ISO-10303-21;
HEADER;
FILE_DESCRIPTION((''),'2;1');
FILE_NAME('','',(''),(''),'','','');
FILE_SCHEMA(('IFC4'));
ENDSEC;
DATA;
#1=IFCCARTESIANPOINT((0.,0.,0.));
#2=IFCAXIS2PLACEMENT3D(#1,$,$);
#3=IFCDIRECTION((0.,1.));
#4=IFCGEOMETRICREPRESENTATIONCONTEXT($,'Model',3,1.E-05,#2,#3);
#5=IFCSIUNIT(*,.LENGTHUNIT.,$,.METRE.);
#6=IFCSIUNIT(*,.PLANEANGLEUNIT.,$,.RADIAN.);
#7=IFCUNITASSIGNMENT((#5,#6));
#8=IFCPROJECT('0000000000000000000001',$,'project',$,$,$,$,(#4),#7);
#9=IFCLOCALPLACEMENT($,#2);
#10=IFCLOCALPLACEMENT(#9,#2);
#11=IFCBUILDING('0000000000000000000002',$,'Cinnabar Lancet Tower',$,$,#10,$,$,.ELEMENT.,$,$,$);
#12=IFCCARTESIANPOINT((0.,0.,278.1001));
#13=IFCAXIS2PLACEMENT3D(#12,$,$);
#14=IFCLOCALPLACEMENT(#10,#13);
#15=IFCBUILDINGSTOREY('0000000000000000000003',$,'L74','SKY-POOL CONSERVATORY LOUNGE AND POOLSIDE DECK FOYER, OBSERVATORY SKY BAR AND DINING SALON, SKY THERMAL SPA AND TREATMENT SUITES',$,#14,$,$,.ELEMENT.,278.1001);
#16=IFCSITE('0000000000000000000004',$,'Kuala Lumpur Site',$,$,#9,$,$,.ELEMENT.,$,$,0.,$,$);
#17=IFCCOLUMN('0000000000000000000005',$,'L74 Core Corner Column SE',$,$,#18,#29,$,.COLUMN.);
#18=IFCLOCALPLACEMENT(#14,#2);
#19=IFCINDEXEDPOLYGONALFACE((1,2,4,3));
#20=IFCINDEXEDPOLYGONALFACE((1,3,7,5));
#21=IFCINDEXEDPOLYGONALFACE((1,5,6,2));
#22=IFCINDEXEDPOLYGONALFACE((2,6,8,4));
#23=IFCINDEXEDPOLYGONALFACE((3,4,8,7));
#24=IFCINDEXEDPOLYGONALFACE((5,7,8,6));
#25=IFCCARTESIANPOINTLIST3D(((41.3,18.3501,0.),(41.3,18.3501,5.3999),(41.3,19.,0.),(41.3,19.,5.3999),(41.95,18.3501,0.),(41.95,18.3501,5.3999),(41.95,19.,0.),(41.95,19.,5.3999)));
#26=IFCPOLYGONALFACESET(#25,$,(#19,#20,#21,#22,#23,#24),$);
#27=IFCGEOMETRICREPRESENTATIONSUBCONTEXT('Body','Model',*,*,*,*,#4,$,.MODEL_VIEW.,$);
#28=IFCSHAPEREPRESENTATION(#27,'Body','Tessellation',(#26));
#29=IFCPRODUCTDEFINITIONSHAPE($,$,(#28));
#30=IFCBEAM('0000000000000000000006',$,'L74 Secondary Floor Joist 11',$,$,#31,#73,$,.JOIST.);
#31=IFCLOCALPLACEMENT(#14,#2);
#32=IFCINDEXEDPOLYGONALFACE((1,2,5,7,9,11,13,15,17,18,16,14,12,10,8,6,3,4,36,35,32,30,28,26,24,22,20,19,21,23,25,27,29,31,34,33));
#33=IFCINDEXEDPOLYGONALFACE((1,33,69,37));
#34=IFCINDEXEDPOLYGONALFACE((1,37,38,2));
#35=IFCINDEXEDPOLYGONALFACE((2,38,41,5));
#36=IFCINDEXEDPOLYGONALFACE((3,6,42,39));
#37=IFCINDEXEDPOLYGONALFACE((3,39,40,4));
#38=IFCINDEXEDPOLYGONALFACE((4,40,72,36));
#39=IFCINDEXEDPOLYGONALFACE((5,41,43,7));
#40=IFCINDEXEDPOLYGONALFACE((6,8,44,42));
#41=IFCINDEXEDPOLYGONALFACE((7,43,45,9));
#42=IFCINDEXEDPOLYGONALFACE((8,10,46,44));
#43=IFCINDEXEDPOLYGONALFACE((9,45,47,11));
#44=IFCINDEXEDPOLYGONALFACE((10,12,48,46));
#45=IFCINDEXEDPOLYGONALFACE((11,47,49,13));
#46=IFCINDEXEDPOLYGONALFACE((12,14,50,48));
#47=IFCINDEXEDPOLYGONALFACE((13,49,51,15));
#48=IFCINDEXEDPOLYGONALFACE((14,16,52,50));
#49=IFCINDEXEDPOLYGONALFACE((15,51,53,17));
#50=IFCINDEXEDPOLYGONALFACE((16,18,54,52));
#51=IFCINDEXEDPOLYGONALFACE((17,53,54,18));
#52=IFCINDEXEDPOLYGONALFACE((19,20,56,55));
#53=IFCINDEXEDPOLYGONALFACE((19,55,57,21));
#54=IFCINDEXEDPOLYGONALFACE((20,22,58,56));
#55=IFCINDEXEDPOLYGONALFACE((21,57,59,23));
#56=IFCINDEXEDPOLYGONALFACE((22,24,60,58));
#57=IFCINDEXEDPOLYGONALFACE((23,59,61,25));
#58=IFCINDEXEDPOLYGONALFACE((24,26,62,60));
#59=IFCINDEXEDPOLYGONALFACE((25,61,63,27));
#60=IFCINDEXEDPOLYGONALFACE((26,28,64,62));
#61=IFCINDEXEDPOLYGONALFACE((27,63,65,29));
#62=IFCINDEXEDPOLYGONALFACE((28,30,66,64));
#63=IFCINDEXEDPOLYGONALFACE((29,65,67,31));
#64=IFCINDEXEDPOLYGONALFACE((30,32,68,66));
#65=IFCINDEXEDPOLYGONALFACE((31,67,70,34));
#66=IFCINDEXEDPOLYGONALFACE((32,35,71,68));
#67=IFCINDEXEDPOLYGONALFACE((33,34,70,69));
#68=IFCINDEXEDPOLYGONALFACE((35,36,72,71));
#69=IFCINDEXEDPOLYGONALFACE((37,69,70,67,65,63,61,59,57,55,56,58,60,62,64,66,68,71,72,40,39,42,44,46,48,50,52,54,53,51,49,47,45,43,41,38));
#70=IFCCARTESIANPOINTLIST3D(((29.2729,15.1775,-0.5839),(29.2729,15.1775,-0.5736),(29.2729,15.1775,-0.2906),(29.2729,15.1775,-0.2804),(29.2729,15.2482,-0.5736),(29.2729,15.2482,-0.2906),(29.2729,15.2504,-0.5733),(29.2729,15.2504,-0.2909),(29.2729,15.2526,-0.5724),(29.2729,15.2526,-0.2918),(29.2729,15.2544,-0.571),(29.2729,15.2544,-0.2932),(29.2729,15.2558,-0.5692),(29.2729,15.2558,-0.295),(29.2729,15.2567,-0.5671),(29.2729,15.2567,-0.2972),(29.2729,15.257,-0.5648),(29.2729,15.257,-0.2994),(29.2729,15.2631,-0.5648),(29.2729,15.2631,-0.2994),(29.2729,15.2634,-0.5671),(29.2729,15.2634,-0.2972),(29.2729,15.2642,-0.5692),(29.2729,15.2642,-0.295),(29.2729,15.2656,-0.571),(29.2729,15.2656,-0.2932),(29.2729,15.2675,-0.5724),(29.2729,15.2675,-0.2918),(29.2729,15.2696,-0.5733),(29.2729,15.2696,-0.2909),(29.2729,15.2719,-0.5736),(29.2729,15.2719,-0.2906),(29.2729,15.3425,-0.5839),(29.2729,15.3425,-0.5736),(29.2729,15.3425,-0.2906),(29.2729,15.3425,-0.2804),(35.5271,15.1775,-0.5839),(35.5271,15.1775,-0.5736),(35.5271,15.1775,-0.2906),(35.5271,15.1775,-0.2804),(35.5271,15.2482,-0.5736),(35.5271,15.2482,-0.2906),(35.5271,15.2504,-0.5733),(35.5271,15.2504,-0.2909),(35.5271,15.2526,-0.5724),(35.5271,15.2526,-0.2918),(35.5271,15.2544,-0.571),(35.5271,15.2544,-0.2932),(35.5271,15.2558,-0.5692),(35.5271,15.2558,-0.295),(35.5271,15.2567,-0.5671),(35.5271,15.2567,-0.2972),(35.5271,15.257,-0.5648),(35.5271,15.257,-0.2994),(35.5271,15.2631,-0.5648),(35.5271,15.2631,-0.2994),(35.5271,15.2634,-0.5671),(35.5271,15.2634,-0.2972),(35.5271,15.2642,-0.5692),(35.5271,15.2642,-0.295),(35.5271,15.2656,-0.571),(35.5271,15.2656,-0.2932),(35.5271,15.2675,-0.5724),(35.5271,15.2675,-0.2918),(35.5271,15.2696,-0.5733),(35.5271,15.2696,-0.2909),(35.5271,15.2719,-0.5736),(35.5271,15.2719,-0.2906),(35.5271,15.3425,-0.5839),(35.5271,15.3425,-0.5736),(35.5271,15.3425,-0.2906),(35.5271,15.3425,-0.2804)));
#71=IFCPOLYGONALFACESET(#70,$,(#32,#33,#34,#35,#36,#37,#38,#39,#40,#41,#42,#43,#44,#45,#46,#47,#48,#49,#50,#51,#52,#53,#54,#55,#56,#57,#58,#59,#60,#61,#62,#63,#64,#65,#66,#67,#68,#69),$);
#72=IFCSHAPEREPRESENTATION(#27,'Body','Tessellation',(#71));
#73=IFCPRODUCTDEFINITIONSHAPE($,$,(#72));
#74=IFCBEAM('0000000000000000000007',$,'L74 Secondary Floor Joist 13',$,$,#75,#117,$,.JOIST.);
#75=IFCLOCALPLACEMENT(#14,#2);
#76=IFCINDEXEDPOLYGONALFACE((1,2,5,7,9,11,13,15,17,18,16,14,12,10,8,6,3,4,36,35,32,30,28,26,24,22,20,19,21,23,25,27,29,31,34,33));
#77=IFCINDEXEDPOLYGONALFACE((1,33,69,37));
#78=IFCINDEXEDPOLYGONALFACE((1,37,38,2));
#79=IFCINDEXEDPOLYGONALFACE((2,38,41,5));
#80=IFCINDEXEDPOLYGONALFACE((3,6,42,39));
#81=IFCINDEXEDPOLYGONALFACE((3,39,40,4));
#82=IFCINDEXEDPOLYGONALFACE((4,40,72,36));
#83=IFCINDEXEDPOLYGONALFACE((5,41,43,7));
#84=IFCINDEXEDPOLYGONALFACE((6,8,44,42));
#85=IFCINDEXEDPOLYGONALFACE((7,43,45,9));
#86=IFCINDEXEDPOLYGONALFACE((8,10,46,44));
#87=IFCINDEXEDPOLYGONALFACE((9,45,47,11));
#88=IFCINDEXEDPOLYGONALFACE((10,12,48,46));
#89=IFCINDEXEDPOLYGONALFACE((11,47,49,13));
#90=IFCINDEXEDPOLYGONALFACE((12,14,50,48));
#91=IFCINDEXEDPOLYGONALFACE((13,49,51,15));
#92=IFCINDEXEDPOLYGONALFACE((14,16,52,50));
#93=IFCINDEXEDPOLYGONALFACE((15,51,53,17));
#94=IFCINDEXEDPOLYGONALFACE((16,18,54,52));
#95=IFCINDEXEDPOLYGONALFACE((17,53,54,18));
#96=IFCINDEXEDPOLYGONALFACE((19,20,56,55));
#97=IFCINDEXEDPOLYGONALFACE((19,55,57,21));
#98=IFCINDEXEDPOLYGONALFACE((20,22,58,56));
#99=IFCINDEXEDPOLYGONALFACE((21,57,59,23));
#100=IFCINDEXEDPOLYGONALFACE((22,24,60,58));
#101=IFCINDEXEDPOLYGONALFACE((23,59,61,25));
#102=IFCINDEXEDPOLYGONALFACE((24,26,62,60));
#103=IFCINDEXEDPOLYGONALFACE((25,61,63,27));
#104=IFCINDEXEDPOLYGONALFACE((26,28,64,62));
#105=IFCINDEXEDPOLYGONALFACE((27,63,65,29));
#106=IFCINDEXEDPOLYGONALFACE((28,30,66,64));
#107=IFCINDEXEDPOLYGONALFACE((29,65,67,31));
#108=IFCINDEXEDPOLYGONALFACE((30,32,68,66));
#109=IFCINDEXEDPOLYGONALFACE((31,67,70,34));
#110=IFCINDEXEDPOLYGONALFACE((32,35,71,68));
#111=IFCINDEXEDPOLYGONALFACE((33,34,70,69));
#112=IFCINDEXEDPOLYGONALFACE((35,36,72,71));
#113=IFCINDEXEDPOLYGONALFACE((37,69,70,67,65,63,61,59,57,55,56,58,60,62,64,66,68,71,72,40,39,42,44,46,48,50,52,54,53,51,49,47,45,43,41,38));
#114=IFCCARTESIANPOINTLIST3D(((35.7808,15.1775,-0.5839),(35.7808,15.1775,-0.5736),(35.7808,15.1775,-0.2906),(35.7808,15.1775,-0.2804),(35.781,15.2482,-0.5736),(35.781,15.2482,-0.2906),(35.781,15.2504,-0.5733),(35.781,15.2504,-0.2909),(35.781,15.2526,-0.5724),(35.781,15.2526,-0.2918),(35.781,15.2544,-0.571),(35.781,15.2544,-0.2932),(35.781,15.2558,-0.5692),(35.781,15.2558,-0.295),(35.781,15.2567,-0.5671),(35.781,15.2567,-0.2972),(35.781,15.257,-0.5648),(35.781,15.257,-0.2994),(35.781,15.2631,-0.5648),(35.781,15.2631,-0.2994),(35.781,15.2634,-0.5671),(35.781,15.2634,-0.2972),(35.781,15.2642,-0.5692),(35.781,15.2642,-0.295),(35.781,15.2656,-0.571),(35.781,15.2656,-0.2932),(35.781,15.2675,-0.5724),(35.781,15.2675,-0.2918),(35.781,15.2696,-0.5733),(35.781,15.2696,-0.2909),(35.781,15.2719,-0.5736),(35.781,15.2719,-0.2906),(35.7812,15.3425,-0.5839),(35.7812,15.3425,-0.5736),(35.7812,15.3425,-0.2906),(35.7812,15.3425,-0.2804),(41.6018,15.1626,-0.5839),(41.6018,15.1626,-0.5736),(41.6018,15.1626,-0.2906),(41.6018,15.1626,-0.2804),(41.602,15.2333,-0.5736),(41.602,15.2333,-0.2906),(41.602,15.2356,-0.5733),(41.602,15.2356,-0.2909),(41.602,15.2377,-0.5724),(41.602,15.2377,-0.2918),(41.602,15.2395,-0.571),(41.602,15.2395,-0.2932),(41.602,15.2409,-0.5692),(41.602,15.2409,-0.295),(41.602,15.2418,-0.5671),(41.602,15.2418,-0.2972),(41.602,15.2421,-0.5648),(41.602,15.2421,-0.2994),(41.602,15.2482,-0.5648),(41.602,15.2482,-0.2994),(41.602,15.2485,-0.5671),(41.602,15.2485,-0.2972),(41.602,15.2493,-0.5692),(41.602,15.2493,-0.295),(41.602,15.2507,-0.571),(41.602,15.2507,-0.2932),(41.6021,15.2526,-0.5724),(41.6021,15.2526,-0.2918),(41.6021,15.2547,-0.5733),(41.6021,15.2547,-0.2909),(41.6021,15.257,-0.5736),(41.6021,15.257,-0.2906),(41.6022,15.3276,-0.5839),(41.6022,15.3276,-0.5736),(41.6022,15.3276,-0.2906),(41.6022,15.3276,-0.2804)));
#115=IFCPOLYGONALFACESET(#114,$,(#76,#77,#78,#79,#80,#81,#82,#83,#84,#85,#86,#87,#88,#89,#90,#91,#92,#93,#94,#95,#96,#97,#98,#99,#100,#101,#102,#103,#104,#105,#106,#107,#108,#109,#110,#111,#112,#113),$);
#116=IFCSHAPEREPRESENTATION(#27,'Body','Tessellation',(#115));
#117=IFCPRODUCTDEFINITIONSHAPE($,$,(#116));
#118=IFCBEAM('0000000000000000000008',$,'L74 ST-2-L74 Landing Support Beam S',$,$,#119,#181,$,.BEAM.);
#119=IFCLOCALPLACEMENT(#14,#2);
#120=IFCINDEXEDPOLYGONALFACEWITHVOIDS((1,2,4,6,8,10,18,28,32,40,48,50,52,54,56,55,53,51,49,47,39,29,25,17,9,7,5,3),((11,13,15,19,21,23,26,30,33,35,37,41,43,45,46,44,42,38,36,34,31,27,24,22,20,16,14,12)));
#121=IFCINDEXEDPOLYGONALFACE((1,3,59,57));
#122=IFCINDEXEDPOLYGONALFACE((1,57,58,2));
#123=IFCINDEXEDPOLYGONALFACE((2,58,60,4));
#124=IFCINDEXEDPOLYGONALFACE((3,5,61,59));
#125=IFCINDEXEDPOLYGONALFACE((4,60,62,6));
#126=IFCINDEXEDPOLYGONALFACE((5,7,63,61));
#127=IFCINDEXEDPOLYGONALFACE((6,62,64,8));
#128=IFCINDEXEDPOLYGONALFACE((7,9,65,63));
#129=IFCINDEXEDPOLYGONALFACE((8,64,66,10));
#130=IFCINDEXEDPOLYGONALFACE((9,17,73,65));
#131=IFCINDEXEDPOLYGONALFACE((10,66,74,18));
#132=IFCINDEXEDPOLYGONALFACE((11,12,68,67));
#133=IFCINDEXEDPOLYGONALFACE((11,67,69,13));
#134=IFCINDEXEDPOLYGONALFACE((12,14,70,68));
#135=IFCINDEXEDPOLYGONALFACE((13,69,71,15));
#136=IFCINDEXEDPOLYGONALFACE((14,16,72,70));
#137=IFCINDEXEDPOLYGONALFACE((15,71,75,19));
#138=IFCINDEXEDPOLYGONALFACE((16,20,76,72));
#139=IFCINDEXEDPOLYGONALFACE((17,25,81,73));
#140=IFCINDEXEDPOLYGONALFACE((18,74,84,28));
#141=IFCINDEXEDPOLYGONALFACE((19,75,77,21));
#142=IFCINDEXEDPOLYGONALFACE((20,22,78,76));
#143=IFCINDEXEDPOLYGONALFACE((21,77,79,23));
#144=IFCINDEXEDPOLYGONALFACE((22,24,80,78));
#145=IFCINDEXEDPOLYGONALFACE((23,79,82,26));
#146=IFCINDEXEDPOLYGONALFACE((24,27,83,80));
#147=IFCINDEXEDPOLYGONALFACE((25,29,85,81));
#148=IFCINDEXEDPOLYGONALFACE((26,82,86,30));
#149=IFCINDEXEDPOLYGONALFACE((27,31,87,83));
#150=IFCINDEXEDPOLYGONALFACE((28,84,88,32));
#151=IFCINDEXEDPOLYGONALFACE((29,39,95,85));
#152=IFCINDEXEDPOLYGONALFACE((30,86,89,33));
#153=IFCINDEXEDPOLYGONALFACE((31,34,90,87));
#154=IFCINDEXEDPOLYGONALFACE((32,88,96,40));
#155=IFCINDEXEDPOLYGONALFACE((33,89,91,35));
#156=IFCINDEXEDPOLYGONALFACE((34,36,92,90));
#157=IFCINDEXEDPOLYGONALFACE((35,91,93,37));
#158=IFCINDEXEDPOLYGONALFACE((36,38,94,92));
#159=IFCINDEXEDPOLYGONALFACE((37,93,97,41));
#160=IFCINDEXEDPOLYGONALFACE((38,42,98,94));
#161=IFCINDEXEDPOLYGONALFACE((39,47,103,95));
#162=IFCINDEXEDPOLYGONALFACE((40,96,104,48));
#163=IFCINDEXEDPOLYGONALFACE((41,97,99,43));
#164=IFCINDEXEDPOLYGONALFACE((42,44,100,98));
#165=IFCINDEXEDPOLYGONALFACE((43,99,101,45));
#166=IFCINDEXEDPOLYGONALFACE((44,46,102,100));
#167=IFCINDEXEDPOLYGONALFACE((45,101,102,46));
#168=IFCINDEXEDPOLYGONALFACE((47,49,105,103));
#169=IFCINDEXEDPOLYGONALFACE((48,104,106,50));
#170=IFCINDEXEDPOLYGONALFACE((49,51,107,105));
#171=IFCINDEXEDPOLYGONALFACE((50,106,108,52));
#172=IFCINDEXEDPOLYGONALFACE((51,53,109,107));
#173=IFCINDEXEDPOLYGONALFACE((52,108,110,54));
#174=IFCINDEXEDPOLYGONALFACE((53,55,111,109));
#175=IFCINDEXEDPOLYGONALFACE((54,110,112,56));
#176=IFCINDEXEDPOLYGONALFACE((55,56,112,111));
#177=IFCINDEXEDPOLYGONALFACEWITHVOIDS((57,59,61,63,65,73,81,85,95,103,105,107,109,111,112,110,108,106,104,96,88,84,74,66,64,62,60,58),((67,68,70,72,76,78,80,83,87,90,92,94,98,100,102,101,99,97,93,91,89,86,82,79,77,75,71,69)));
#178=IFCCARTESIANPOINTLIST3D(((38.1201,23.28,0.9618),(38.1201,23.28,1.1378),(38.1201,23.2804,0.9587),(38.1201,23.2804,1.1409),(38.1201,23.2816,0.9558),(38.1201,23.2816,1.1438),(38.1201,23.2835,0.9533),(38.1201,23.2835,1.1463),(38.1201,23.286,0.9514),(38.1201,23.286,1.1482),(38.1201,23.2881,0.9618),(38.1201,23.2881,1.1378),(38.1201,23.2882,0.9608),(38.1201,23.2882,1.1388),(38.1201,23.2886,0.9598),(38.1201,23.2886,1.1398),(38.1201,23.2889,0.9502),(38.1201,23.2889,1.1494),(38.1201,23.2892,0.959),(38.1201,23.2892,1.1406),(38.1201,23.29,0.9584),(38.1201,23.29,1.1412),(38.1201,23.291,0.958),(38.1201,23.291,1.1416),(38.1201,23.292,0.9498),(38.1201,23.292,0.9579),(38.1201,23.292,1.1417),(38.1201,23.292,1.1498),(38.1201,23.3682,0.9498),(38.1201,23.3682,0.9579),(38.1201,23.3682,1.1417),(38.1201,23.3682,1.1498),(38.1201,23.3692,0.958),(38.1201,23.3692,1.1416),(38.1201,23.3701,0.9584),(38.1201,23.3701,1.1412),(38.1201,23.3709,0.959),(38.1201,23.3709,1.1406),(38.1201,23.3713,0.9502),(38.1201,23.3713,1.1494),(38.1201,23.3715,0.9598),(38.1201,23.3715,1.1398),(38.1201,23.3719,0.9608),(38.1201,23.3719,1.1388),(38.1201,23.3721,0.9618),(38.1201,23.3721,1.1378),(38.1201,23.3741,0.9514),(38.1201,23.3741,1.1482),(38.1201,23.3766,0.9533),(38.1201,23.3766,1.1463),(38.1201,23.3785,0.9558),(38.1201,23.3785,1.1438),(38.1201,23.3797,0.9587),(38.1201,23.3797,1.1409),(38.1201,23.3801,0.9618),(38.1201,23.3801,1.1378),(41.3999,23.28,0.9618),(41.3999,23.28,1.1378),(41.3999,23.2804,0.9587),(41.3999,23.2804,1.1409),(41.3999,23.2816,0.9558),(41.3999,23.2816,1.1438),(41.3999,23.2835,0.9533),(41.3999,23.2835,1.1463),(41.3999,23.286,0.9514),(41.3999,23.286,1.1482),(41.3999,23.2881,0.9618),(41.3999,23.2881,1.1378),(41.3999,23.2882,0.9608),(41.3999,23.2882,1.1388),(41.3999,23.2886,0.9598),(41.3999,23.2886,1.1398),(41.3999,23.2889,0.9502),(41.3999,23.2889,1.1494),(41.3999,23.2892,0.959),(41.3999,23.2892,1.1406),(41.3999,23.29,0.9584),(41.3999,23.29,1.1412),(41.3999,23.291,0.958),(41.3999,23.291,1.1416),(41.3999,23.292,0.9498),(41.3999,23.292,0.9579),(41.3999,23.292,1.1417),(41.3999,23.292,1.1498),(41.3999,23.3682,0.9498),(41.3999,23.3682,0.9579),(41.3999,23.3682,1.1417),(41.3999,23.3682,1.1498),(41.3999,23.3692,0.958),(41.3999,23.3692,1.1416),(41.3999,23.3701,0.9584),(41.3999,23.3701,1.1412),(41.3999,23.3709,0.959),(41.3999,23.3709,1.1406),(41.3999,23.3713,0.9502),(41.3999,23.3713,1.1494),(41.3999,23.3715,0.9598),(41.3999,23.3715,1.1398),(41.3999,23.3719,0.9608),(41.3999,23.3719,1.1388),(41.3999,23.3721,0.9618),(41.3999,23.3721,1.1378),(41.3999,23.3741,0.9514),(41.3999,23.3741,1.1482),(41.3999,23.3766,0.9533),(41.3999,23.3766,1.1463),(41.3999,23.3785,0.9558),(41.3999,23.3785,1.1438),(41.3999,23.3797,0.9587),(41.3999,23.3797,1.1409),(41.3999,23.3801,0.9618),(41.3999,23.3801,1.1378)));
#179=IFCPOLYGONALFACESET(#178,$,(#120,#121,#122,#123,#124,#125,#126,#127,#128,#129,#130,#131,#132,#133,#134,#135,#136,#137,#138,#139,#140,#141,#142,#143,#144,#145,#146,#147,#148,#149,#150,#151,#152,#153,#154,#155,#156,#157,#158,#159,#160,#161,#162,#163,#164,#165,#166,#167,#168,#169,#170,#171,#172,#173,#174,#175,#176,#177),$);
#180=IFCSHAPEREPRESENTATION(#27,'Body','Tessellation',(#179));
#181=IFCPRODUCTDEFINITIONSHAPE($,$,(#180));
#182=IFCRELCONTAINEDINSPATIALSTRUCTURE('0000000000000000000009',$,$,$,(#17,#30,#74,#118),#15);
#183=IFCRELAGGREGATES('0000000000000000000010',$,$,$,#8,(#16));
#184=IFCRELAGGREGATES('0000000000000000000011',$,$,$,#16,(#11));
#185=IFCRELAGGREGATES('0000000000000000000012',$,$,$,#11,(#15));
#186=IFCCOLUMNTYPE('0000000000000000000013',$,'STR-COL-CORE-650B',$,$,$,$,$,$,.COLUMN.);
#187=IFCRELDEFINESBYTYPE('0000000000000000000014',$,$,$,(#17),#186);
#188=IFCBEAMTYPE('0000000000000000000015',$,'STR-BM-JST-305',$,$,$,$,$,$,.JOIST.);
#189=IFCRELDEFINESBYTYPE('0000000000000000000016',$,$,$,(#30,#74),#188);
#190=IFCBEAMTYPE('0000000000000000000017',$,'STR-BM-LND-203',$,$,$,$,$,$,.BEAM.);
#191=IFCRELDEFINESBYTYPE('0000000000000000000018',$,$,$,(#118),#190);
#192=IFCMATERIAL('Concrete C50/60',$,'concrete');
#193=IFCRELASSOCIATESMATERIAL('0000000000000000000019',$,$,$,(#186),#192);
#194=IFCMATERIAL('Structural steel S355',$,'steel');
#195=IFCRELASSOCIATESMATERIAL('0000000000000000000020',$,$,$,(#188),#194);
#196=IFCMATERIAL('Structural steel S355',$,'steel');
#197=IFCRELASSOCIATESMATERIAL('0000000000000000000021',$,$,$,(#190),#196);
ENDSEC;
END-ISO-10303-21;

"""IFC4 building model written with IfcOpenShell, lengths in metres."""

from ifc_helpers import new_model, si_unit, direction, frame, origin, origin_2d, place, context, subcontext, project, spatial, rectangle, hollow_rectangle, i_section, extrude, material, material_profile, profile_set, type_object, element, save


model = new_model("IFC4")

# Units and contexts
model_context = context("Model", 3, precision=1e-05, world=origin(), true_north=direction((0.0, 1.0)))
body_context = subcontext(model_context, "Body", "Model", "MODEL_VIEW")
ifc_project = project(units=[si_unit("LENGTHUNIT", "METRE"), si_unit("PLANEANGLEUNIT", "RADIAN")], contexts=[model_context])

# Site, building, storey
site_placement = place(None, origin())
site = spatial("IfcSite", under=ifc_project, at=site_placement, Name="Kuala Lumpur Site", CompositionType="ELEMENT", RefElevation=0.0)
building_placement = place(site_placement, origin())
building = spatial("IfcBuilding", under=site, at=building_placement, Name="Cinnabar Lancet Tower", CompositionType="ELEMENT")
storey_placement = place(building_placement, frame((0.0, 0.0, 278.1001)))
storey = spatial("IfcBuildingStorey", under=building, at=storey_placement, Name="L74", Description="SKY-POOL CONSERVATORY LOUNGE AND POOLSIDE DECK FOYER, OBSERVATORY SKY BAR AND DINING SALON, SKY THERMAL SPA AND TREATMENT SUITES", CompositionType="ELEMENT", Elevation=278.1001)

# Column
ifc_material_1 = material(Name="Concrete C50/60", Category="concrete")
ifc_material_profile_1 = material_profile(ifc_material_1, rectangle(XDim=0.6499, YDim=0.6499, at=origin_2d()), Name="RC-COL 650x650")
ifc_profile_set_1 = profile_set([ifc_material_profile_1], Name="Concrete C50/60")
column_type = type_object("IfcColumnType", Name="STR-COL-CORE-650B", PredefinedType="COLUMN", material=ifc_profile_set_1)
column_placement = place(storey_placement, frame((41.625, 18.675, 0.0), z_axis=(0.0, 0.0, 1.0), x_axis=(1.0, 0.0, 0.0)))
element("IfcColumn", 1, at=column_placement, inside=storey, type_object=column_type, Name="L74 Core Corner Column SE", PredefinedType="COLUMN", context=body_context, shape_type="SweptSolid", body=[
    extrude(rectangle(XDim=0.6499, YDim=0.6499, at=origin_2d()), origin(), (0.0, 0.0, 1.0), 5.3999),
])

# Beams
ifc_material_2 = material(Name="Structural steel S355", Category="steel")
ifc_material_profile_2 = material_profile(ifc_material_2, i_section(OverallWidth=0.165, OverallDepth=0.3035, WebThickness=0.0061, FlangeThickness=0.0103, FilletRadius=0.0088, at=origin_2d()), Name="UKB 305x165x40")
ifc_profile_set_2 = profile_set([ifc_material_profile_2], Name="Structural steel S355")
beam_type_1 = type_object("IfcBeamType", Name="STR-BM-JST-305", PredefinedType="JOIST", material=ifc_profile_set_2)
beam_1_placement = place(storey_placement, frame((29.2729, 15.26, -0.4321), z_axis=(1.0, 0.0, 0.0), x_axis=(0.0, 1.0, 0.0)))
element("IfcBeam", 2, at=beam_1_placement, inside=storey, type_object=beam_type_1, Name="L74 Secondary Floor Joist 11", PredefinedType="JOIST", context=body_context, shape_type="SweptSolid", body=[
    extrude(i_section(OverallWidth=0.165, OverallDepth=0.3035, WebThickness=0.0061, FlangeThickness=0.0103, FilletRadius=0.0088, at=origin_2d()), origin(), (0.0, 0.0, 1.0), 6.2542),
])
beam_2_placement = place(storey_placement, frame((35.781, 15.26, -0.4321), z_axis=(0.999997, -0.002558, 0.0), x_axis=(0.002558, 0.999997, 0.0)))
element("IfcBeam", 3, at=beam_2_placement, inside=storey, type_object=beam_type_1, Name="L74 Secondary Floor Joist 13", PredefinedType="JOIST", context=body_context, shape_type="SweptSolid", body=[
    extrude(i_section(OverallWidth=0.165, OverallDepth=0.3035, WebThickness=0.0061, FlangeThickness=0.0103, FilletRadius=0.0088, at=origin_2d()), origin(), (0.0, 0.0, 1.0), 5.821),
])
ifc_material_3 = material(Name="Structural steel S355", Category="steel")
ifc_material_profile_3 = material_profile(ifc_material_3, hollow_rectangle(XDim=0.1001, YDim=0.2, WallThickness=0.0081, InnerFilletRadius=0.0039, OuterFilletRadius=0.012, at=origin_2d()), Name="RHS 200x100x8")
ifc_profile_set_3 = profile_set([ifc_material_profile_3], Name="Structural steel S355")
beam_type_2 = type_object("IfcBeamType", Name="STR-BM-LND-203", PredefinedType="BEAM", material=ifc_profile_set_3)
for number, where, z_axis, x_axis, name in (
    (4, (38.1201, 23.3301, 1.0498), (1.0, 0.0, 0.0), (0.0, 1.0, 0.0), "L74 ST-2-L74 Landing Support Beam S"),
):
    element("IfcBeam", number, at=place(storey_placement, frame(where, z_axis=z_axis, x_axis=x_axis)), inside=storey, type_object=beam_type_2, Name=name, PredefinedType="BEAM", context=body_context, shape_type="SweptSolid", body=[
        extrude(hollow_rectangle(XDim=0.1001, YDim=0.2, WallThickness=0.0081, InnerFilletRadius=0.0039, OuterFilletRadius=0.012, at=origin_2d()), origin(), (0.0, 0.0, 1.0), 3.2798),
    ])

save(model, "model.ifc")
